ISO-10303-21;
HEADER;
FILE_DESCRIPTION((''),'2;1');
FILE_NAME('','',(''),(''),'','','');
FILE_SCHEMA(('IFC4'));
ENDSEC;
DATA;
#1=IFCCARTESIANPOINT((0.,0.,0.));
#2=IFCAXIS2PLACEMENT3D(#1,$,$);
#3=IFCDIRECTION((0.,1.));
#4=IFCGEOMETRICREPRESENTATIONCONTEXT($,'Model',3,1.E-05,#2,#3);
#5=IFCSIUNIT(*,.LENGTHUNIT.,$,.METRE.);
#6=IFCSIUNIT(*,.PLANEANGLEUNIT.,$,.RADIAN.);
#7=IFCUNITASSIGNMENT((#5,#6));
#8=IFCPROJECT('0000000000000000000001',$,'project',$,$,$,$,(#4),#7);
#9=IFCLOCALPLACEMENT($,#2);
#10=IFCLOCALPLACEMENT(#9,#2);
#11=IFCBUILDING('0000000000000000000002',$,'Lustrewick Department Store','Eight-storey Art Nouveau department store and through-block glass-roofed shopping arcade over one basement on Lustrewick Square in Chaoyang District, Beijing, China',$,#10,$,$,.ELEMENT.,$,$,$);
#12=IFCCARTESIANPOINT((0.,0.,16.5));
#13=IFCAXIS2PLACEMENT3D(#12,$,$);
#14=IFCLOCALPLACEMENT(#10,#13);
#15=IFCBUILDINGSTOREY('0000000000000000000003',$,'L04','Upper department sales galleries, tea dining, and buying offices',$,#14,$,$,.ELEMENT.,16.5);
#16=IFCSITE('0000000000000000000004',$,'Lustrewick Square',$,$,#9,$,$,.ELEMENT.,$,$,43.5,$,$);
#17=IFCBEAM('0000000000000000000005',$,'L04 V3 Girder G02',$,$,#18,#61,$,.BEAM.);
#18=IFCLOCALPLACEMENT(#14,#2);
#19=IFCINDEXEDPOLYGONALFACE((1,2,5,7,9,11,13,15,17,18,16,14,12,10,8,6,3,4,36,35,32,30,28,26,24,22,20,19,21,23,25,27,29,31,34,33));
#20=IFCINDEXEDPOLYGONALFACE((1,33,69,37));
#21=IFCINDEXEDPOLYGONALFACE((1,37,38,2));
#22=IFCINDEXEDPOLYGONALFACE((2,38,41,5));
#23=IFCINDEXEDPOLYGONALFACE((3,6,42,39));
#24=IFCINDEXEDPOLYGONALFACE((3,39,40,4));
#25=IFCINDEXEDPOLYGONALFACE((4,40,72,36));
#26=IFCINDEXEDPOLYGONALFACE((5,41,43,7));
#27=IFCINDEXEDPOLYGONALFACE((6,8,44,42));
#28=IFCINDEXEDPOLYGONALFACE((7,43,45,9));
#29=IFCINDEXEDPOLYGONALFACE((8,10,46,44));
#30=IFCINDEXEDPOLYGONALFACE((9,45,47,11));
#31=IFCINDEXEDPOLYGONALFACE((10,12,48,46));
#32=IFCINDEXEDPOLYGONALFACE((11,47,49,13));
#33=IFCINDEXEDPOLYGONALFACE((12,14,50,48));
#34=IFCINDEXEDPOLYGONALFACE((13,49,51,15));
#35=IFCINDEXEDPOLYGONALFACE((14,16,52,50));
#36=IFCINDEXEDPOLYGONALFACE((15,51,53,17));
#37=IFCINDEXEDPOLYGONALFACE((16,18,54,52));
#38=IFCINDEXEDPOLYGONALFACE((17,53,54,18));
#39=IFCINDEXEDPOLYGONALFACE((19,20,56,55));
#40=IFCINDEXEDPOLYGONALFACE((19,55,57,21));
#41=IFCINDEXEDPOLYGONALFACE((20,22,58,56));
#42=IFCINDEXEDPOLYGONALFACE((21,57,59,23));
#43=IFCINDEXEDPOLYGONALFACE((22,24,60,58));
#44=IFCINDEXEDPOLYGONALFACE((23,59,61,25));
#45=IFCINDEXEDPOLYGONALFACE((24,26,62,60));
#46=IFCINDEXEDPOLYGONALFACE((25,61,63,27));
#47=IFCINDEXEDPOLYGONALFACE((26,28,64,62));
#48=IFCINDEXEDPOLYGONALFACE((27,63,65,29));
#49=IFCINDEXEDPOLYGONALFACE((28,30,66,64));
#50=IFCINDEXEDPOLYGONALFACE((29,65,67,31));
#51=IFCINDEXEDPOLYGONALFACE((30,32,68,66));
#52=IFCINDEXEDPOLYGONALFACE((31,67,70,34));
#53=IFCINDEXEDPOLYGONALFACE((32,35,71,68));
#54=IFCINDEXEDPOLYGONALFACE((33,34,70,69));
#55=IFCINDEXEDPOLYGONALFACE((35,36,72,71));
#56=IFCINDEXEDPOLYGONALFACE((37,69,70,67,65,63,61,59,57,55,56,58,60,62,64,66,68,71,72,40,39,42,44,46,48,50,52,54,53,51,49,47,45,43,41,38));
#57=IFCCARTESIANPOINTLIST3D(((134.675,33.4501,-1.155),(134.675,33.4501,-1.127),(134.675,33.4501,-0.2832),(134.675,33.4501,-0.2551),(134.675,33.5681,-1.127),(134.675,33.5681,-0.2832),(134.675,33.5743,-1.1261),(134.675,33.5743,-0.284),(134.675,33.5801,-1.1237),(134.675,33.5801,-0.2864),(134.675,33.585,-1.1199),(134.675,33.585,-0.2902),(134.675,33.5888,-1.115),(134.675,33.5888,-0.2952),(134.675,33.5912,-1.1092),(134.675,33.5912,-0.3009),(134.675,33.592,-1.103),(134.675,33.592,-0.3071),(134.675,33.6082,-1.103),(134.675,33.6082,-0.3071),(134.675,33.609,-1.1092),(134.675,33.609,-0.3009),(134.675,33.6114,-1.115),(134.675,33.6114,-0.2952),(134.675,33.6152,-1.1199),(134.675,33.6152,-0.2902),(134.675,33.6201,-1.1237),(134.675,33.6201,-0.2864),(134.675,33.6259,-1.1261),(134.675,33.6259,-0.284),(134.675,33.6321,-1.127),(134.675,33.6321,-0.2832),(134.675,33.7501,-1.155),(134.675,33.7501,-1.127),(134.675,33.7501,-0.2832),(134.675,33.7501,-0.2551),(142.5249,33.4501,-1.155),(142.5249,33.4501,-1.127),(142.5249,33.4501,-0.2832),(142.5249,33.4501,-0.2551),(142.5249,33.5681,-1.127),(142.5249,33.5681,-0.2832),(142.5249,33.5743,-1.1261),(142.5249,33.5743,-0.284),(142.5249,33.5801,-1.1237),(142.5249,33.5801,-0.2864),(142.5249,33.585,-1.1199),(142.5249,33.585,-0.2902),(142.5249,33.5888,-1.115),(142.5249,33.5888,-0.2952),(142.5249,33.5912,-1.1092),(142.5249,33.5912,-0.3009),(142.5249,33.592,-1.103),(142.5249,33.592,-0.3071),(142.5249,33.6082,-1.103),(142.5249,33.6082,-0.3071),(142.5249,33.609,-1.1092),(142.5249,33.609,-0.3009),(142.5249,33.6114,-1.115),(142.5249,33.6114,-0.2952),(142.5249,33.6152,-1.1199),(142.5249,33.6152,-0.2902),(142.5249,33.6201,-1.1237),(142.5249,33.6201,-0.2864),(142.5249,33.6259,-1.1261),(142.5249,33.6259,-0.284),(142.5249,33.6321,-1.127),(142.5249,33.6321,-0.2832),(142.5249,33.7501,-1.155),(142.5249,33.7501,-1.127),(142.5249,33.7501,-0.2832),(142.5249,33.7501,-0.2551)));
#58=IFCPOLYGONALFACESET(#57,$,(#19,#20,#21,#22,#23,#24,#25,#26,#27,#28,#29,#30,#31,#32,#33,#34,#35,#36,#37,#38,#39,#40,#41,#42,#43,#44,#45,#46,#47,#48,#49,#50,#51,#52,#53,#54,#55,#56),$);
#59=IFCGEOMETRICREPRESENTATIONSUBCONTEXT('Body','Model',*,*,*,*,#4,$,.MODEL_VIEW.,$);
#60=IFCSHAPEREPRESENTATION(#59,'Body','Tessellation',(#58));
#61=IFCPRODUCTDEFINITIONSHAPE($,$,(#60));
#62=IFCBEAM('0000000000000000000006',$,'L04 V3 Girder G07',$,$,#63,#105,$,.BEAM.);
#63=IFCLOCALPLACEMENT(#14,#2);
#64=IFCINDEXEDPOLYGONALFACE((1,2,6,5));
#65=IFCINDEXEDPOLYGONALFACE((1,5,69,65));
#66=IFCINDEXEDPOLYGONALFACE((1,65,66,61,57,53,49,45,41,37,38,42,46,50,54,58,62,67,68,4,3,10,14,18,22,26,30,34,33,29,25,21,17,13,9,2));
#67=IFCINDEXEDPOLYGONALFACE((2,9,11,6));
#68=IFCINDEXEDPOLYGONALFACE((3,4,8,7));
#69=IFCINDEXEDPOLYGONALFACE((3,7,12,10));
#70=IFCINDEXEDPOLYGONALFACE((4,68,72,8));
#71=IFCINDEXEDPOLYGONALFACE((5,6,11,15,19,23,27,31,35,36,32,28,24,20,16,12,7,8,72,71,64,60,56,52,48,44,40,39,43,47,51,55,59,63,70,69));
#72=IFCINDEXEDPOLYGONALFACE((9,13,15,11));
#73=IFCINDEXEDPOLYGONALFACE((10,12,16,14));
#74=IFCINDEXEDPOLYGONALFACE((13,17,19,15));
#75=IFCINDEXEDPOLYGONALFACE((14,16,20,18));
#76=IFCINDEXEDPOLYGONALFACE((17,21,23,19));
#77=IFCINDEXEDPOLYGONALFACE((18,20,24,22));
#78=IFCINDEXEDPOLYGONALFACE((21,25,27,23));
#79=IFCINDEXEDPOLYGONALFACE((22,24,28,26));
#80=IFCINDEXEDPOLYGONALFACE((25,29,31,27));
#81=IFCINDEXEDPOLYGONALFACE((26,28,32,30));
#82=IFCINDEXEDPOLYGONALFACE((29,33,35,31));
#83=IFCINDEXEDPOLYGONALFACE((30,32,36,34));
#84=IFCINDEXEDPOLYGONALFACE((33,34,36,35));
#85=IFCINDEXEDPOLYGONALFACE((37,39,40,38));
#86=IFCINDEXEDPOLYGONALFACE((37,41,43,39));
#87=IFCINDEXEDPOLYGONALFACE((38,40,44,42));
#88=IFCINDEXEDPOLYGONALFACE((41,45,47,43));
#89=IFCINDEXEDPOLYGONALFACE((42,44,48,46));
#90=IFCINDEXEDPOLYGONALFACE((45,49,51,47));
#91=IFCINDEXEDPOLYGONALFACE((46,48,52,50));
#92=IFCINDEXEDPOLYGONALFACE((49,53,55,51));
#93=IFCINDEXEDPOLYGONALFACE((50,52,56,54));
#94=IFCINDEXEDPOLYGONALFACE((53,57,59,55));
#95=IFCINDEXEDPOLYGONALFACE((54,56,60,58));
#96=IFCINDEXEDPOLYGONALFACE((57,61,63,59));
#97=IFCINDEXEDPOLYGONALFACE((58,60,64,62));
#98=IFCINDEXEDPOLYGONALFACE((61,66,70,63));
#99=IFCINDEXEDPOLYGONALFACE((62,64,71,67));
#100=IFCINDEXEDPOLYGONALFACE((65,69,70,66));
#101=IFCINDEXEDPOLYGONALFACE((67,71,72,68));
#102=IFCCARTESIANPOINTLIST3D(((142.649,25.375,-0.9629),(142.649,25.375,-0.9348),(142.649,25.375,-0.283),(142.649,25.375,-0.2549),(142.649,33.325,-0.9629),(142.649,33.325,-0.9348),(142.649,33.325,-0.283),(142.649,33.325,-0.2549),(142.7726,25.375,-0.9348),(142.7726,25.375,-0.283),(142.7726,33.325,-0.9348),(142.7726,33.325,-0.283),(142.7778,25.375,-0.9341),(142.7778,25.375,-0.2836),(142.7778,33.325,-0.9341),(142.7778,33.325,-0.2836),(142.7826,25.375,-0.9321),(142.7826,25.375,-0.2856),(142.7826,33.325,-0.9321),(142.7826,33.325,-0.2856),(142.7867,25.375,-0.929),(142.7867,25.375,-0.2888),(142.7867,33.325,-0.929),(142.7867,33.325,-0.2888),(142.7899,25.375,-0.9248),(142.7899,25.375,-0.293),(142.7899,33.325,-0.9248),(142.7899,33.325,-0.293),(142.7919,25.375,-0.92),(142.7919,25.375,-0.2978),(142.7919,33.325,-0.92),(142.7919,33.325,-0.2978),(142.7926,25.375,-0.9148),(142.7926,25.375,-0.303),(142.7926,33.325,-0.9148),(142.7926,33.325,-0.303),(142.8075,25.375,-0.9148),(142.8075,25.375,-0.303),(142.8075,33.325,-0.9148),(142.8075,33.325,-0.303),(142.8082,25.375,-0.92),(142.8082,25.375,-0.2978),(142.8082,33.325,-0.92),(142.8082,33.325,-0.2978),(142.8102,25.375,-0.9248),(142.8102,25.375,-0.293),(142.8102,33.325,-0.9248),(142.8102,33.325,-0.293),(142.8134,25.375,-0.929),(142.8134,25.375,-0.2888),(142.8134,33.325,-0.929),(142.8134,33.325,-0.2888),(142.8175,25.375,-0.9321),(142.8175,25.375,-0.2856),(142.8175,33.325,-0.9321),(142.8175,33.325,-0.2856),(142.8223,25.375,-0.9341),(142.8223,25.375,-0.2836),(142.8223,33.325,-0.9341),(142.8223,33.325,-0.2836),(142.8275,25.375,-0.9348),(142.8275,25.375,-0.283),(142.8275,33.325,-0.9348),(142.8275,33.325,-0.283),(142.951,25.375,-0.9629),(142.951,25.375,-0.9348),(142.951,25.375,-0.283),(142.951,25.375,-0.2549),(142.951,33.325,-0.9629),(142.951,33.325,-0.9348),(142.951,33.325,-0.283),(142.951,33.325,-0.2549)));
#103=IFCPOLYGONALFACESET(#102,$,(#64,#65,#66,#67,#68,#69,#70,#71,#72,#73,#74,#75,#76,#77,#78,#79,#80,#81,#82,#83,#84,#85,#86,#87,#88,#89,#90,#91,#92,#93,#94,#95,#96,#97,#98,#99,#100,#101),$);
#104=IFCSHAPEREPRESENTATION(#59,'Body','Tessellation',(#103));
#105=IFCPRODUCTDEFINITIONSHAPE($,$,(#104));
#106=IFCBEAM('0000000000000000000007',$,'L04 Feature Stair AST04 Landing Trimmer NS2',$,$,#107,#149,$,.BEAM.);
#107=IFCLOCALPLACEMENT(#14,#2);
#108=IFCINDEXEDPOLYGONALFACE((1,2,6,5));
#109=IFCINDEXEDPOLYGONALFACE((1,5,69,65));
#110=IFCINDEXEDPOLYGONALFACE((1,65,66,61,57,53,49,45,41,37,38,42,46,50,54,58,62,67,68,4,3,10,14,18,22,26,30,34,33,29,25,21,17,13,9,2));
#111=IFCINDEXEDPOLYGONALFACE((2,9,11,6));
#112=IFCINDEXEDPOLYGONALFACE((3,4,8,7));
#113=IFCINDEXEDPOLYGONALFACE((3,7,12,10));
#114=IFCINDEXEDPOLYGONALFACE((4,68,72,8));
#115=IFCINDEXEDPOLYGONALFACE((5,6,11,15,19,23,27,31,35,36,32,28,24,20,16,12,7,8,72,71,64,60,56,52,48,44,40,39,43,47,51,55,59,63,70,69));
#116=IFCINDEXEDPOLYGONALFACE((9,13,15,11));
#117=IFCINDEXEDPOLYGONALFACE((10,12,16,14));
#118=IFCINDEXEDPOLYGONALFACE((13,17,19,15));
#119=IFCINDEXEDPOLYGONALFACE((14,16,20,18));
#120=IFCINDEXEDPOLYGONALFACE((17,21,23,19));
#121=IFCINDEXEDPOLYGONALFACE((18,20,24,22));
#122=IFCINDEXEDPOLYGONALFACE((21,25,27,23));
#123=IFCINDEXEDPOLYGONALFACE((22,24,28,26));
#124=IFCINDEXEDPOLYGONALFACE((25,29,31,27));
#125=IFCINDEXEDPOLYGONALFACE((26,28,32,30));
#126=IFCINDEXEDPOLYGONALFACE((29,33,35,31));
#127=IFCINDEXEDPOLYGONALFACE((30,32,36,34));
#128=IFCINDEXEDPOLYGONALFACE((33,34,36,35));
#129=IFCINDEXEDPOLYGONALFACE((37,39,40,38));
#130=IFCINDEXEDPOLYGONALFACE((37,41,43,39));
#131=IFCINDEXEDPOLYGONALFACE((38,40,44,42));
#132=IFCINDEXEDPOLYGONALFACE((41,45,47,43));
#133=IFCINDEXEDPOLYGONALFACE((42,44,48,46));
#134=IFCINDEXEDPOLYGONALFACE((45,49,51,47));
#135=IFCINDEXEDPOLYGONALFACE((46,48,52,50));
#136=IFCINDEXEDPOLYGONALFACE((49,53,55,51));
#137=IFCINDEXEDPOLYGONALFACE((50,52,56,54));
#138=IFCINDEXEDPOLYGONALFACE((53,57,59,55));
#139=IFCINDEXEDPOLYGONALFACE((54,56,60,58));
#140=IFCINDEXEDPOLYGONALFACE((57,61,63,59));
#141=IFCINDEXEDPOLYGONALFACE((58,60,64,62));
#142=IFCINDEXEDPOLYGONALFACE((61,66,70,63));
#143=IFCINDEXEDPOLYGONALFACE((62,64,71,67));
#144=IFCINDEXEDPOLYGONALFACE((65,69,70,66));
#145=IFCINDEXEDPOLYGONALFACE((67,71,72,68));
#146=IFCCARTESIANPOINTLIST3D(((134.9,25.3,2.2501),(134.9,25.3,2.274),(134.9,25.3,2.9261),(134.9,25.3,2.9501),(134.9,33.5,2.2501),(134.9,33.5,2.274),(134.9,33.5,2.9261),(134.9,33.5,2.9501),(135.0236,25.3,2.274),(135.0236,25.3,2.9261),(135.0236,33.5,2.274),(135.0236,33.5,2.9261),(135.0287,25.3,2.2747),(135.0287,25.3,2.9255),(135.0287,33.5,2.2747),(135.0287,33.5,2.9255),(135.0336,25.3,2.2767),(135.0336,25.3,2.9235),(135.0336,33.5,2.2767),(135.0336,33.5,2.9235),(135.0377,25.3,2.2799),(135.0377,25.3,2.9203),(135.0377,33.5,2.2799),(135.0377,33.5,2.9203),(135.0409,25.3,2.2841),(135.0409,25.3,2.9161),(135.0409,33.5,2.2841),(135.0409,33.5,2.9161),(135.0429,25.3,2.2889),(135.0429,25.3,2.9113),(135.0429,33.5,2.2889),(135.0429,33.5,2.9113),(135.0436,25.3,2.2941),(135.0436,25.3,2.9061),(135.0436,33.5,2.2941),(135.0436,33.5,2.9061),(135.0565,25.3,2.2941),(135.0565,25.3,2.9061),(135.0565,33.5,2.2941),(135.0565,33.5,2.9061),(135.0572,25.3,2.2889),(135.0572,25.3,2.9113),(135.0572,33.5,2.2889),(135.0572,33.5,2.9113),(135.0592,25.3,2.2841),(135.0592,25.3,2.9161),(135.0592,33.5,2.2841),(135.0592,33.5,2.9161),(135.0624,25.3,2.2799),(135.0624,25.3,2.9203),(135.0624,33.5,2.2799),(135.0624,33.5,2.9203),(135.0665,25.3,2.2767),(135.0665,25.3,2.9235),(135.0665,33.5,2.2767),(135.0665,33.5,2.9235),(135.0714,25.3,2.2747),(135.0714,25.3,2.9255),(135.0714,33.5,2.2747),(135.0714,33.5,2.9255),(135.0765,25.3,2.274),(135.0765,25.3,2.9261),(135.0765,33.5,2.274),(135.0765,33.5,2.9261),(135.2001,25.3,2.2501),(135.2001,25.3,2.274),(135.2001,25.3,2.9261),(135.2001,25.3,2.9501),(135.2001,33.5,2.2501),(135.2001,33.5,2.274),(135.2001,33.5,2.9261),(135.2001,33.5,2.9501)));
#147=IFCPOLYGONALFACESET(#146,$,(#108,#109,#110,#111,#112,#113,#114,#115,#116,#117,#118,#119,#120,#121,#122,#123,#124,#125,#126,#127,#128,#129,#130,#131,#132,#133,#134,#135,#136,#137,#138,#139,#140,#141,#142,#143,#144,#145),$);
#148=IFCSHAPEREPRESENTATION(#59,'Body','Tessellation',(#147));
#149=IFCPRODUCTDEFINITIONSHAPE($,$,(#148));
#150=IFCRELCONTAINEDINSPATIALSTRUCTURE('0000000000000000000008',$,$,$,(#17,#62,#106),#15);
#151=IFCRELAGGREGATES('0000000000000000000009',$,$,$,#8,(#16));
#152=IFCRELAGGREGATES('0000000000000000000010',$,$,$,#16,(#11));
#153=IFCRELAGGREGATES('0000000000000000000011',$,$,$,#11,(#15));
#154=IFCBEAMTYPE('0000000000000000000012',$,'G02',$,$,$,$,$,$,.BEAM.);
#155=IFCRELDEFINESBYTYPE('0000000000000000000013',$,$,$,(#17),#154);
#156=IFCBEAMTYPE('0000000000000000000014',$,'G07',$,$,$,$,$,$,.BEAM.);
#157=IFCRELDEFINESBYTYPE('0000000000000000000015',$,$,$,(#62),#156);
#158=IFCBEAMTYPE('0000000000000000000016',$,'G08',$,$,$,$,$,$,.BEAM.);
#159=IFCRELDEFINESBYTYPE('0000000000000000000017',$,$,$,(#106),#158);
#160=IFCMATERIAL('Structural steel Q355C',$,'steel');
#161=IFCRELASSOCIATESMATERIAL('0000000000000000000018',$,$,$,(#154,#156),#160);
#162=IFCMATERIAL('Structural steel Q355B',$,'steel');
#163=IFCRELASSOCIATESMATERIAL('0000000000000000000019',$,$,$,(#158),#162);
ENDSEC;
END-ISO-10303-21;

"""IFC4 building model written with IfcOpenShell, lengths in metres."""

from ifc_helpers import new_model, si_unit, direction, frame, origin, origin_2d, place, context, subcontext, project, spatial, i_section, extrude, material, material_profile, profile_set, type_object, element, save


model = new_model("IFC4")

# Units and contexts
model_context = context("Model", 3, precision=1e-05, world=origin(), true_north=direction((0.0, 1.0)))
body_context = subcontext(model_context, "Body", "Model", "MODEL_VIEW")
ifc_project = project(units=[si_unit("LENGTHUNIT", "METRE"), si_unit("PLANEANGLEUNIT", "RADIAN")], contexts=[model_context])

# Site, building, storey
site_placement = place(None, origin())
site = spatial("IfcSite", under=ifc_project, at=site_placement, Name="Lustrewick Square", CompositionType="ELEMENT", RefElevation=43.5)
building_placement = place(site_placement, origin())
building = spatial("IfcBuilding", under=site, at=building_placement, Name="Lustrewick Department Store", Description="Eight-storey Art Nouveau department store and through-block glass-roofed shopping arcade over one basement on Lustrewick Square in Chaoyang District, Beijing, China", CompositionType="ELEMENT")
storey_placement = place(building_placement, frame((0.0, 0.0, 16.5)))
storey = spatial("IfcBuildingStorey", under=building, at=storey_placement, Name="L04", Description="Upper department sales galleries, tea dining, and buying offices", CompositionType="ELEMENT", Elevation=16.5)

# Shared definitions
ifc_material_1 = material(Name="Structural steel Q355C", Category="steel")
ifc_material_2 = material(Name="Structural steel Q355B", Category="steel")

# Beams
ifc_material_profile_1 = material_profile(ifc_material_1, i_section(OverallWidth=0.3, OverallDepth=0.8999, WebThickness=0.0161, FlangeThickness=0.0281, FilletRadius=0.0239, at=origin_2d()), Name="HN 900x300x16x28")
ifc_profile_set_1 = profile_set([ifc_material_profile_1], Name="Structural steel Q355C")
beam_type_1 = type_object("IfcBeamType", Name="G02", PredefinedType="BEAM", material=ifc_profile_set_1)
beam_1_placement = place(storey_placement, frame((134.675, 33.6001, -0.7051), z_axis=(1.0, 0.0, 0.0), x_axis=(0.0, 1.0, 0.0)))
element("IfcBeam", 1, at=beam_1_placement, inside=storey, type_object=beam_type_1, Name="L04 V3 Girder G02", PredefinedType="BEAM", context=body_context, shape_type="SweptSolid", body=[
    extrude(i_section(OverallWidth=0.3, OverallDepth=0.8999, WebThickness=0.0161, FlangeThickness=0.0281, FilletRadius=0.0239, at=origin_2d()), origin(), (0.0, 0.0, 1.0), 7.8499),
])
ifc_material_profile_2 = material_profile(ifc_material_1, i_section(OverallWidth=0.302, OverallDepth=0.708, WebThickness=0.0149, FlangeThickness=0.0281, FilletRadius=0.02, at=origin_2d()), Name="HN 708x302x15x28")
ifc_profile_set_2 = profile_set([ifc_material_profile_2], Name="Structural steel Q355C")
beam_type_2 = type_object("IfcBeamType", Name="G07", PredefinedType="BEAM", material=ifc_profile_set_2)
beam_2_placement = place(storey_placement, frame((142.8, 25.375, -0.6089), z_axis=(0.0, 1.0, 0.0), x_axis=(-1.0, 0.0, 0.0)))
element("IfcBeam", 2, at=beam_2_placement, inside=storey, type_object=beam_type_2, Name="L04 V3 Girder G07", PredefinedType="BEAM", context=body_context, shape_type="SweptSolid", body=[
    extrude(i_section(OverallWidth=0.302, OverallDepth=0.708, WebThickness=0.0149, FlangeThickness=0.0281, FilletRadius=0.02, at=origin_2d()), origin(), (0.0, 0.0, 1.0), 7.95),
])
ifc_material_profile_3 = material_profile(ifc_material_2, i_section(OverallWidth=0.3, OverallDepth=0.7, WebThickness=0.0129, FlangeThickness=0.0239, FilletRadius=0.02, at=origin_2d()), Name="HN 700x300x13x24")
ifc_profile_set_3 = profile_set([ifc_material_profile_3], Name="Structural steel Q355B")
beam_type_3 = type_object("IfcBeamType", Name="G08", PredefinedType="BEAM", material=ifc_profile_set_3)
beam_3_placement = place(storey_placement, frame((135.05, 25.3, 2.6001), z_axis=(0.0, 1.0, 0.0), x_axis=(-1.0, 0.0, 0.0)))
element("IfcBeam", 3, at=beam_3_placement, inside=storey, type_object=beam_type_3, Name="L04 Feature Stair AST04 Landing Trimmer NS2", PredefinedType="BEAM", context=body_context, shape_type="SweptSolid", body=[
    extrude(i_section(OverallWidth=0.3, OverallDepth=0.7, WebThickness=0.0129, FlangeThickness=0.0239, FilletRadius=0.02, at=origin_2d()), origin(), (0.0, 0.0, 1.0), 8.2),
])

save(model, "model.ifc")
